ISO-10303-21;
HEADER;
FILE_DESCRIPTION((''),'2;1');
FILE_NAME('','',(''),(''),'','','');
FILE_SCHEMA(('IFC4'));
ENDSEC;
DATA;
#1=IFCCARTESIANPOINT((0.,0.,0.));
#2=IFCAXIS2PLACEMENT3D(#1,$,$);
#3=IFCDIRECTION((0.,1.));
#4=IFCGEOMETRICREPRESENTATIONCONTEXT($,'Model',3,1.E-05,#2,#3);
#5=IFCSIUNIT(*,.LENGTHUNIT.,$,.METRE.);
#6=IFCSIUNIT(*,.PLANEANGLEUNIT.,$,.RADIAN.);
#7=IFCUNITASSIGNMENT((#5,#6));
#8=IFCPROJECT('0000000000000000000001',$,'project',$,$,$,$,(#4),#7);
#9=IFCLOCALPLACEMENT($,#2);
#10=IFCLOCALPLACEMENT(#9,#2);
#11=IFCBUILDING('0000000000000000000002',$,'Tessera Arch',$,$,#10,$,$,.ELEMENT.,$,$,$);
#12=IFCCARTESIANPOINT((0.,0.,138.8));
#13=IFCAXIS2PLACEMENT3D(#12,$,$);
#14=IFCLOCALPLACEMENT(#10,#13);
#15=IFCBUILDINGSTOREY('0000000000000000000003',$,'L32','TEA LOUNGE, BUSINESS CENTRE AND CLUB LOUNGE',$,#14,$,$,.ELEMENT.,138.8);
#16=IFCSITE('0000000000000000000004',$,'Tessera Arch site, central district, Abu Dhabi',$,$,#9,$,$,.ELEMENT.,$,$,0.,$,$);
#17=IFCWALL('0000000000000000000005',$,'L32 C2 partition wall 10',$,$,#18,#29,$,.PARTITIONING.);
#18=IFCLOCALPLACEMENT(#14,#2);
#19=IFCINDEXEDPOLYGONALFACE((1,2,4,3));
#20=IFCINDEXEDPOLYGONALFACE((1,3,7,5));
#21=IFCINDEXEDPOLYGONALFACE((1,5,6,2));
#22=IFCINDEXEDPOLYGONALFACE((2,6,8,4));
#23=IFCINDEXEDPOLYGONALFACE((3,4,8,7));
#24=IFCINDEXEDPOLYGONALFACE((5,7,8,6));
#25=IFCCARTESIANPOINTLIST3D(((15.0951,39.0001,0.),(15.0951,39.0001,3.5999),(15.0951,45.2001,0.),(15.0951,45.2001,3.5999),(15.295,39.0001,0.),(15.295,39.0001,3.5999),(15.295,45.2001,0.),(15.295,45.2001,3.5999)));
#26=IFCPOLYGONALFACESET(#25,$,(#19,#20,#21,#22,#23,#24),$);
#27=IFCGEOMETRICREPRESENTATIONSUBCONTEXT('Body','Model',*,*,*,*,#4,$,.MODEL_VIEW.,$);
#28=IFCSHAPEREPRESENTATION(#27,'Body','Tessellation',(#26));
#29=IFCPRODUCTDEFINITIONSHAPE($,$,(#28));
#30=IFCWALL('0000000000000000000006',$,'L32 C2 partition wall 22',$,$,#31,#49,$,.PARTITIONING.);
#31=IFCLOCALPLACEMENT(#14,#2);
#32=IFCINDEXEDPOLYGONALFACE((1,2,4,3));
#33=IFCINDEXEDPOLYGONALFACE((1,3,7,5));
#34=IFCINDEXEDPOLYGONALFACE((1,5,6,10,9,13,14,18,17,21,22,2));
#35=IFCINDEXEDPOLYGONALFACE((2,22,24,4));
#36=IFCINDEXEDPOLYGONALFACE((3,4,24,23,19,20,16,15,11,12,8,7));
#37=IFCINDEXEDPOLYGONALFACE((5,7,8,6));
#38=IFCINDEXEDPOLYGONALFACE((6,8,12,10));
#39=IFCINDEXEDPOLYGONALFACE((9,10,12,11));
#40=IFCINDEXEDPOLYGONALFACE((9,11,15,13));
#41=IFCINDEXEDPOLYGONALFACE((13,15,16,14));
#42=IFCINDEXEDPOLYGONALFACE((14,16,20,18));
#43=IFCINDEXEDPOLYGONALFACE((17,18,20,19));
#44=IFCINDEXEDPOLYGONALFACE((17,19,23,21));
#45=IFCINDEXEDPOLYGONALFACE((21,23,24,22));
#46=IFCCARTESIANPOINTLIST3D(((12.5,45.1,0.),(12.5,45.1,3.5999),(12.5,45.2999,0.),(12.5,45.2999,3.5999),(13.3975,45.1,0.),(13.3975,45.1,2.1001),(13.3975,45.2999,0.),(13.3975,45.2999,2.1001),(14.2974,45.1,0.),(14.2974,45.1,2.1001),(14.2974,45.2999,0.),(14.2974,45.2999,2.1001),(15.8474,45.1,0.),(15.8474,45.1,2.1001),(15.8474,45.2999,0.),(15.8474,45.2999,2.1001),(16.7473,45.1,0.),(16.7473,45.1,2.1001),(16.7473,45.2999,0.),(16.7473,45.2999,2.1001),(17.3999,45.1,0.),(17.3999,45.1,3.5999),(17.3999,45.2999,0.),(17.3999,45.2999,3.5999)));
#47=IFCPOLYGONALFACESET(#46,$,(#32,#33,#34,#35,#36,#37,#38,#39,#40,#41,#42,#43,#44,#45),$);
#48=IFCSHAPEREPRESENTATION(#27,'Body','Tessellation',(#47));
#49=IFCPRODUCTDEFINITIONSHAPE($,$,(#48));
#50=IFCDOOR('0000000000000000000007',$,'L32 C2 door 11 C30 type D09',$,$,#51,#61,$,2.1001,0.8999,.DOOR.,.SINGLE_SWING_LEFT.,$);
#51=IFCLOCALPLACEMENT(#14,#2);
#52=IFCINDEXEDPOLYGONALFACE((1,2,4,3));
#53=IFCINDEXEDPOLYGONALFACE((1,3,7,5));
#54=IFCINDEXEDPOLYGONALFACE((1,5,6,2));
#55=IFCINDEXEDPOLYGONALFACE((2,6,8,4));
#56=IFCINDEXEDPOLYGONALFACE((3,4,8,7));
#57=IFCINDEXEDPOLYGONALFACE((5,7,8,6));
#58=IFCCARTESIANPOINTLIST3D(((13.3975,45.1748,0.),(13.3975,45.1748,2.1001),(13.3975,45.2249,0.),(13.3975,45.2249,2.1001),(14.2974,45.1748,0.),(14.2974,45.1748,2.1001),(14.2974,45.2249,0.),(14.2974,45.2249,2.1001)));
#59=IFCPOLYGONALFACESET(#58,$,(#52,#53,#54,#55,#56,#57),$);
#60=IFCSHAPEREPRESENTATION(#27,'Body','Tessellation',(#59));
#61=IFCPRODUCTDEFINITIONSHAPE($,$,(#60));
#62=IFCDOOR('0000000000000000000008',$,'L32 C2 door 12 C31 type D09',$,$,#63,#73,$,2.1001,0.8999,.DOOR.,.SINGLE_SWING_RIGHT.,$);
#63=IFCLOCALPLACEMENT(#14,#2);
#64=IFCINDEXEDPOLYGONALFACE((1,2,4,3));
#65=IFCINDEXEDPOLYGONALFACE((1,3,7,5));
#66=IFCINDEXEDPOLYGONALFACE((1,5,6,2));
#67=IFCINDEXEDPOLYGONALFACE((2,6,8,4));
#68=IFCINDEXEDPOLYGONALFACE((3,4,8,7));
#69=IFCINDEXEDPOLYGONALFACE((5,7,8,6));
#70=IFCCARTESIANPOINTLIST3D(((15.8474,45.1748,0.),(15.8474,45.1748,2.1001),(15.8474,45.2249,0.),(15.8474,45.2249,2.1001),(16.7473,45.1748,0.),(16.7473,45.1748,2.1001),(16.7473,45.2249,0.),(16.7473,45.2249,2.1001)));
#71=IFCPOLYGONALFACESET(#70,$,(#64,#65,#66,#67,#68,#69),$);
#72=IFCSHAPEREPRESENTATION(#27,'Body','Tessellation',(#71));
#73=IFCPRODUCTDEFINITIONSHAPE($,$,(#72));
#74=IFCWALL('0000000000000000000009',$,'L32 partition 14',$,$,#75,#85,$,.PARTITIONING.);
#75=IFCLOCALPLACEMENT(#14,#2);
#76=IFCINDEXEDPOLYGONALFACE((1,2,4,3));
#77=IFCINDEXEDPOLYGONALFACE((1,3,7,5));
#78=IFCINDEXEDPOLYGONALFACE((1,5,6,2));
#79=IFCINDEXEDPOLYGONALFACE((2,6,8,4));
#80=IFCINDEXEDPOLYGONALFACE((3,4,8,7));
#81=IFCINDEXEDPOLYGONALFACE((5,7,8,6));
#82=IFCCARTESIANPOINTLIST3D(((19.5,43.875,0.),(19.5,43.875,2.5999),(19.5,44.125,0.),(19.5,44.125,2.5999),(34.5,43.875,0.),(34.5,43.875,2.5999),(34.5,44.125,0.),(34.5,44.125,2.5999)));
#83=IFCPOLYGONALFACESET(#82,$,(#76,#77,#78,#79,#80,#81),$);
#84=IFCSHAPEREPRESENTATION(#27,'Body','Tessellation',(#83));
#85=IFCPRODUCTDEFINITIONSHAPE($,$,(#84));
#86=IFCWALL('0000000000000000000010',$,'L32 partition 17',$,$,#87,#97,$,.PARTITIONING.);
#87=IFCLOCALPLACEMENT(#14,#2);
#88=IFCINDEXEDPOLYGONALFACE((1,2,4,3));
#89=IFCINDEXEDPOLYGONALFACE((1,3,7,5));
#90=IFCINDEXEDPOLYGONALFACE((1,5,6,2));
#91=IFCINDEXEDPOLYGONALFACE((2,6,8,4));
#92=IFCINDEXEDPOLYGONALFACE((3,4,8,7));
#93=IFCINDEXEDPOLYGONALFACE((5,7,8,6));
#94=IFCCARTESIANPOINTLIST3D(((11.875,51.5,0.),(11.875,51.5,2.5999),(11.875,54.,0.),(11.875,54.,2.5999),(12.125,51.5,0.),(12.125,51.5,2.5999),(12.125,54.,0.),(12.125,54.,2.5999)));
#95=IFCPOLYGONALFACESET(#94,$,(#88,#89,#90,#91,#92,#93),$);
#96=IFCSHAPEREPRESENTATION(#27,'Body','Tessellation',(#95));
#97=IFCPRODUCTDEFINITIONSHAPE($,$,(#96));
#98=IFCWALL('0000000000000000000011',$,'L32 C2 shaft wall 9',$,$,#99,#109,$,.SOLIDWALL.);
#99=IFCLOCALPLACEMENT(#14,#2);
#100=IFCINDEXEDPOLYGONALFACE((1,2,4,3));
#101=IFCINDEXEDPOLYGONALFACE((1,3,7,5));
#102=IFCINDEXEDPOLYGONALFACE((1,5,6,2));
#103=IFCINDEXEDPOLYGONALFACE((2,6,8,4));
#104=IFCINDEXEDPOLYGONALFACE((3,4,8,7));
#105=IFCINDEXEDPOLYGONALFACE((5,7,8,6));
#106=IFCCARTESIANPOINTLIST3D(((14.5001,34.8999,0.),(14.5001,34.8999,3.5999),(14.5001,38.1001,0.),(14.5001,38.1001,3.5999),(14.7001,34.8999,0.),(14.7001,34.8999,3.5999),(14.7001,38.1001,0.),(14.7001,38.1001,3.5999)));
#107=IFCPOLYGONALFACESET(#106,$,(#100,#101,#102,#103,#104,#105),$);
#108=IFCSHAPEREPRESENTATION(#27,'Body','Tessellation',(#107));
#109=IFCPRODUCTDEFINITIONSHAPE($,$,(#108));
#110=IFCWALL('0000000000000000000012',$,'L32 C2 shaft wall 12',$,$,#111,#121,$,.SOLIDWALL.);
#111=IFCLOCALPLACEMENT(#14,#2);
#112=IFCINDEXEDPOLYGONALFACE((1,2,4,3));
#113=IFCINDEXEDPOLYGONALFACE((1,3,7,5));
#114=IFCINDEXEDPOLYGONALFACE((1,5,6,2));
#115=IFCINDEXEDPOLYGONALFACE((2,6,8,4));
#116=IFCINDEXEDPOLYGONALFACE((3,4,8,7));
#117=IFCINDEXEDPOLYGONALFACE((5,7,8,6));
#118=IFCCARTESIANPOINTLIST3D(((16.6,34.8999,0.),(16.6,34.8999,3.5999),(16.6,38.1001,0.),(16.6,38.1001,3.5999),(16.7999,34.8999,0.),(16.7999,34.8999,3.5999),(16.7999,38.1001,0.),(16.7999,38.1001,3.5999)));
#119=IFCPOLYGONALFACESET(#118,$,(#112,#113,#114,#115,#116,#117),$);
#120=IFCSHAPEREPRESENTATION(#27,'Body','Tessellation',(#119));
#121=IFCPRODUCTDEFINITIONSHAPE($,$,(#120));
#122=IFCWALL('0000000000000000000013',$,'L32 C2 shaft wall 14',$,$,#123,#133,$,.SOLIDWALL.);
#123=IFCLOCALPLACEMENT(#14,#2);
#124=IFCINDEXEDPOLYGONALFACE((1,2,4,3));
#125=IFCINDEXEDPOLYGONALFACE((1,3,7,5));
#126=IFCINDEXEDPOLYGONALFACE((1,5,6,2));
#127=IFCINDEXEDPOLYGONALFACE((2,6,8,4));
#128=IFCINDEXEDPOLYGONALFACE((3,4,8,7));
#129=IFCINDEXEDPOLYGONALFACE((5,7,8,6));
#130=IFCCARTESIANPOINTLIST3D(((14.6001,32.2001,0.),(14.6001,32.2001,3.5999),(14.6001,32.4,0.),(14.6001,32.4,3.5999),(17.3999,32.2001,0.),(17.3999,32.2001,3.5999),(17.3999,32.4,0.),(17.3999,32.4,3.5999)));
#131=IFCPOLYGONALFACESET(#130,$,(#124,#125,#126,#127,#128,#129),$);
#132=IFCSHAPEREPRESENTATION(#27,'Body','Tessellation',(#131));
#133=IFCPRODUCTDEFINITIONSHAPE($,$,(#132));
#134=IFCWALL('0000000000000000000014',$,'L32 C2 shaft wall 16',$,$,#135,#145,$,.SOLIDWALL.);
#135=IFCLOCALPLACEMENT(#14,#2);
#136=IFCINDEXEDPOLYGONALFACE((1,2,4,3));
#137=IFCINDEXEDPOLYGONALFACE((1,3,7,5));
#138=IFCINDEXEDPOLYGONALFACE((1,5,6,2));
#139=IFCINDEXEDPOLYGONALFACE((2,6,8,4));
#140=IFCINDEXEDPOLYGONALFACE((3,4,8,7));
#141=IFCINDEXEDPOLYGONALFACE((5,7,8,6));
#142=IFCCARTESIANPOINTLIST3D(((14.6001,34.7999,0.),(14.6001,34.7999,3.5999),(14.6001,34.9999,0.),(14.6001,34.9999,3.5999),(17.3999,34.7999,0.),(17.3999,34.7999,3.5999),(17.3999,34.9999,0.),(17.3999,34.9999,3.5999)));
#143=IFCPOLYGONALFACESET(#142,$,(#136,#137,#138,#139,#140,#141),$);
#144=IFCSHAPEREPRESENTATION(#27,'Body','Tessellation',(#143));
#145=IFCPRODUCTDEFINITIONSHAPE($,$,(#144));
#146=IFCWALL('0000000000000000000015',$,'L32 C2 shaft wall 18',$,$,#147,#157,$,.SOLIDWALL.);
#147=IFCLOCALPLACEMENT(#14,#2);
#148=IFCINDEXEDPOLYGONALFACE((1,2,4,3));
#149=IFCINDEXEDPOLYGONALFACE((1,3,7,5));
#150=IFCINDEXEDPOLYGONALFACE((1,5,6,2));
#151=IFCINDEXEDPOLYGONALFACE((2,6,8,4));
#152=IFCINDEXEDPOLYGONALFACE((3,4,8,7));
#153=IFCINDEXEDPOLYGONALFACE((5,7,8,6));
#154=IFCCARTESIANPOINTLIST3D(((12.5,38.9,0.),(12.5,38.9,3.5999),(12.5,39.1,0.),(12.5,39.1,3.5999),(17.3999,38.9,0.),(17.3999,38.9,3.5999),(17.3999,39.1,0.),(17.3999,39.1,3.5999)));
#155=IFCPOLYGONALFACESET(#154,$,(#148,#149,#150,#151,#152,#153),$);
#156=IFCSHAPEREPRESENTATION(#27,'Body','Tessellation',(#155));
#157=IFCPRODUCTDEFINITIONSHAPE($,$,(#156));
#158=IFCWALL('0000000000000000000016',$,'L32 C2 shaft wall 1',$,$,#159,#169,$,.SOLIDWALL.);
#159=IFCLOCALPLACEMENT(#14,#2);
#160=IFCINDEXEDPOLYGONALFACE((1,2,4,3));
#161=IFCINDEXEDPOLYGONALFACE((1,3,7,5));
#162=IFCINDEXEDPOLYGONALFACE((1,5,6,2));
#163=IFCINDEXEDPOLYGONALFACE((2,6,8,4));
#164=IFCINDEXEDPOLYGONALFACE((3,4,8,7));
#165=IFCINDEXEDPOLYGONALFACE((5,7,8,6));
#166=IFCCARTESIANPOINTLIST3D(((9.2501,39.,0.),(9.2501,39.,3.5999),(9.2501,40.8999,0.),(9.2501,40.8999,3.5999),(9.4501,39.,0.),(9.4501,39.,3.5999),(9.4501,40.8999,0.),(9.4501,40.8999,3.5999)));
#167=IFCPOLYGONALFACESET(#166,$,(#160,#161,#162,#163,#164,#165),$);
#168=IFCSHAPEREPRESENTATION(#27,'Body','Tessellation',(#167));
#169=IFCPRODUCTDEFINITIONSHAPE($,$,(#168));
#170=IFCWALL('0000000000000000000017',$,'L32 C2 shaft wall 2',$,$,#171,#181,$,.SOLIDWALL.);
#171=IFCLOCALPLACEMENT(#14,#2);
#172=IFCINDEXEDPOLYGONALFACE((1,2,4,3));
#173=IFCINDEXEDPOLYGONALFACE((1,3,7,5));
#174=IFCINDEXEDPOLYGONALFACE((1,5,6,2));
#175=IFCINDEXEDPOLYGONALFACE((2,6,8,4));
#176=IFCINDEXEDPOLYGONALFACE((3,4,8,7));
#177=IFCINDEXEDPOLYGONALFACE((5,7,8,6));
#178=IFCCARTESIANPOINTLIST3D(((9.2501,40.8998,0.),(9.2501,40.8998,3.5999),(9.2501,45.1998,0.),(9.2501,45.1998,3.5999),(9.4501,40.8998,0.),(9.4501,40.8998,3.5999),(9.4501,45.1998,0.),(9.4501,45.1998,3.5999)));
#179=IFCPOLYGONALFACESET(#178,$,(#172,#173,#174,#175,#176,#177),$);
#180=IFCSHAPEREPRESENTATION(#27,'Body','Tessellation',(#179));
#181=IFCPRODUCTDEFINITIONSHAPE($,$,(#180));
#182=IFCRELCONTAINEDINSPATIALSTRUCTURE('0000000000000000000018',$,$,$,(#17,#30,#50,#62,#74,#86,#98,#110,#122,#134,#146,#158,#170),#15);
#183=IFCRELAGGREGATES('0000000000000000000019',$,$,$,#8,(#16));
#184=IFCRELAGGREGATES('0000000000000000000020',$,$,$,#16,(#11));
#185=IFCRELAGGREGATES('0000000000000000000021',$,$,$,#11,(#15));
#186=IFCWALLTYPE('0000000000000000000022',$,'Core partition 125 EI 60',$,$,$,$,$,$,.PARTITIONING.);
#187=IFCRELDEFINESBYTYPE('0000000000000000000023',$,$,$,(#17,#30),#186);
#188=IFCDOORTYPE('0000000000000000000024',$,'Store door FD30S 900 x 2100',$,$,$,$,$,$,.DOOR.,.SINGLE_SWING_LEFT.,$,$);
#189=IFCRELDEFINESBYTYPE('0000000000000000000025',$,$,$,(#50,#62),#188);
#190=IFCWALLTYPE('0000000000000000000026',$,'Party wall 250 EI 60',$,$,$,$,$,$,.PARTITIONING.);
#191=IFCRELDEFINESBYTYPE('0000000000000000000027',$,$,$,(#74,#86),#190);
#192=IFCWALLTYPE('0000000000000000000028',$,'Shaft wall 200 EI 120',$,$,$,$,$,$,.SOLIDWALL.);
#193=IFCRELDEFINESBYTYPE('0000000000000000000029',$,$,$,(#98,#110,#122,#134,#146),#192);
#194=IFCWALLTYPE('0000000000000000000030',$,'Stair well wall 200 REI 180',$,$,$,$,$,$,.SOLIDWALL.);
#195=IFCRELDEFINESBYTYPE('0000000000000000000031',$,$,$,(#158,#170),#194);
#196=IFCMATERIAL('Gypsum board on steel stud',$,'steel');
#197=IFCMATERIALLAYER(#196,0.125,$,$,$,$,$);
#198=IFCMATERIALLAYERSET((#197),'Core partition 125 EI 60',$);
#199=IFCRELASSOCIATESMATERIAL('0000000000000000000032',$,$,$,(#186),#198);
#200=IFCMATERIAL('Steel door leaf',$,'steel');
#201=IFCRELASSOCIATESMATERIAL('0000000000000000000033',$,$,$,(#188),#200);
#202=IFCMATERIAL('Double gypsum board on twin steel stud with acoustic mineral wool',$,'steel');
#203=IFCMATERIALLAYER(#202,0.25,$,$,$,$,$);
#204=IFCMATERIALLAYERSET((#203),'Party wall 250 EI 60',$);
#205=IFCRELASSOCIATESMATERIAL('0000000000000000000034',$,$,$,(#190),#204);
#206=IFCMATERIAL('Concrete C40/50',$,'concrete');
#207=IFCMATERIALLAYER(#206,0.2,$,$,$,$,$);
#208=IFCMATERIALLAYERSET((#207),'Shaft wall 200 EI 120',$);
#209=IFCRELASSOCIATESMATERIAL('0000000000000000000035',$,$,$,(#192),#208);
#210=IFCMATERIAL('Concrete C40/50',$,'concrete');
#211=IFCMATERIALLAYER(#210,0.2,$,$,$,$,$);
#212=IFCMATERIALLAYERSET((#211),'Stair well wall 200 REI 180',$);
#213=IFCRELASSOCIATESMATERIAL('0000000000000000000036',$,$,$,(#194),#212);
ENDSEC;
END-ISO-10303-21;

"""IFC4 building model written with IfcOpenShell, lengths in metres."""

from ifc_helpers import new_model, si_unit, direction, frame, frame_2d, origin, place, context, subcontext, project, spatial, rectangle, extrude, material, layer, layer_set, type_object, element, fill, save


model = new_model("IFC4")

# Units and contexts
model_context = context("Model", 3, precision=1e-05, world=origin(), true_north=direction((0.0, 1.0)))
body_context = subcontext(model_context, "Body", "Model", "MODEL_VIEW")
ifc_project = project(units=[si_unit("LENGTHUNIT", "METRE"), si_unit("PLANEANGLEUNIT", "RADIAN")], contexts=[model_context])

# Site, building, storey
site_placement = place(None, origin())
site = spatial("IfcSite", under=ifc_project, at=site_placement, Name="Tessera Arch site, central district, Abu Dhabi", CompositionType="ELEMENT", RefElevation=0.0)
building_placement = place(site_placement, origin())
building = spatial("IfcBuilding", under=site, at=building_placement, Name="Tessera Arch", CompositionType="ELEMENT")
storey_placement = place(building_placement, frame((0.0, 0.0, 138.8)))
storey = spatial("IfcBuildingStorey", under=building, at=storey_placement, Name="L32", Description="TEA LOUNGE, BUSINESS CENTRE AND CLUB LOUNGE", CompositionType="ELEMENT", Elevation=138.8)

# Wall
ifc_material_1 = material(Name="Gypsum board on steel stud", Category="steel")
ifc_layer_1 = layer(ifc_material_1, 0.125)
ifc_layer_set_1 = layer_set([ifc_layer_1], Name="Core partition 125 EI 60")
wall_type_1 = type_object("IfcWallType", Name="Core partition 125 EI 60", PredefinedType="PARTITIONING", material=ifc_layer_set_1)
wall_1_placement = place(storey_placement, frame((15.1951, 39.0, 0.0), z_axis=(0.0, 0.0, 1.0), x_axis=(0.0, 1.0, 0.0)))
element("IfcWall", 1, at=wall_1_placement, inside=storey, type_object=wall_type_1, Name="L32 C2 partition wall 10", PredefinedType="PARTITIONING", context=body_context, shape_type="SweptSolid", body=[
    extrude(rectangle(XDim=6.2, YDim=0.2, at=frame_2d((3.1001, 0.0))), origin(), (0.0, 0.0, 1.0), 3.5999),
])

# Wall, openings, doors
wall_2_placement = place(storey_placement, frame((12.5, 45.2, 0.0), z_axis=(0.0, 0.0, 1.0), x_axis=(1.0, 0.0, 0.0)))
wall_2 = element("IfcWall", 2, at=wall_2_placement, inside=storey, type_object=wall_type_1, Name="L32 C2 partition wall 22", PredefinedType="PARTITIONING", context=body_context, shape_type="SweptSolid", body=[
    extrude(rectangle(XDim=4.8999, YDim=0.2, at=frame_2d((2.45, 0.0))), origin(), (0.0, 0.0, 1.0), 3.5999),
])
opening_1_placement = place(wall_2_placement, frame((0.8975, 0.0, 0.0)))
opening_1 = element("IfcOpeningElement", 3, at=opening_1_placement, cuts=wall_2, PredefinedType="OPENING", context=body_context, shape_type="SweptSolid", body=[
    extrude(rectangle(XDim=0.8999, YDim=2.1001, at=frame_2d((0.45, 1.05))), frame((0.0, 0.1099, 0.0), z_axis=(0.0, -1.0, 0.0), x_axis=(1.0, 0.0, 0.0)), (0.0, 0.0, 1.0), 0.22),
])
opening_2_placement = place(wall_2_placement, frame((3.3474, 0.0, 0.0)))
opening_2 = element("IfcOpeningElement", 4, at=opening_2_placement, cuts=wall_2, PredefinedType="OPENING", context=body_context, shape_type="SweptSolid", body=[
    extrude(rectangle(XDim=0.8999, YDim=2.1001, at=frame_2d((0.45, 1.05))), frame((0.0, 0.1099, 0.0), z_axis=(0.0, -1.0, 0.0), x_axis=(1.0, 0.0, 0.0)), (0.0, 0.0, 1.0), 0.22),
])
ifc_material_2 = material(Name="Steel door leaf", Category="steel")
door_type = type_object("IfcDoorType", Name="Store door FD30S 900 x 2100", OperationType="SINGLE_SWING_LEFT", PredefinedType="DOOR", material=ifc_material_2)
door_1_placement = place(opening_1_placement, origin())
door_1 = element("IfcDoor", 5, at=door_1_placement, inside=storey, type_object=door_type, Name="L32 C2 door 11 C30 type D09", OperationType="SINGLE_SWING_LEFT", OverallHeight=2.1001, OverallWidth=0.8999, PredefinedType="DOOR", context=body_context, shape_type="SweptSolid", body=[
    extrude(rectangle(XDim=0.8999, YDim=2.1001, at=frame_2d((0.45, 1.05))), frame((0.0, 0.0249, 0.0), z_axis=(0.0, -1.0, 0.0), x_axis=(1.0, 0.0, 0.0)), (0.0, 0.0, 1.0), 0.05),
])
fill(opening_1, door_1)
door_2_placement = place(opening_2_placement, origin())
door_2 = element("IfcDoor", 6, at=door_2_placement, inside=storey, type_object=door_type, Name="L32 C2 door 12 C31 type D09", OperationType="SINGLE_SWING_RIGHT", OverallHeight=2.1001, OverallWidth=0.8999, PredefinedType="DOOR", context=body_context, shape_type="SweptSolid", body=[
    extrude(rectangle(XDim=0.8999, YDim=2.1001, at=frame_2d((0.45, 1.05))), frame((0.0, 0.0249, 0.0), z_axis=(0.0, -1.0, 0.0), x_axis=(1.0, 0.0, 0.0)), (0.0, 0.0, 1.0), 0.05),
])
fill(opening_2, door_2)

# Walls
ifc_material_3 = material(Name="Double gypsum board on twin steel stud with acoustic mineral wool", Category="steel")
ifc_layer_2 = layer(ifc_material_3, 0.25)
ifc_layer_set_2 = layer_set([ifc_layer_2], Name="Party wall 250 EI 60")
wall_type_2 = type_object("IfcWallType", Name="Party wall 250 EI 60", PredefinedType="PARTITIONING", material=ifc_layer_set_2)
wall_3_placement = place(storey_placement, frame((19.5, 44.0, 0.0), z_axis=(0.0, 0.0, 1.0), x_axis=(1.0, 0.0, 0.0)))
element("IfcWall", 7, at=wall_3_placement, inside=storey, type_object=wall_type_2, Name="L32 partition 14", PredefinedType="PARTITIONING", context=body_context, shape_type="SweptSolid", body=[
    extrude(rectangle(XDim=15.0, YDim=0.25, at=frame_2d((7.5, 0.0))), origin(), (0.0, 0.0, 1.0), 2.5999),
])
wall_4_placement = place(storey_placement, frame((12.0, 51.5, 0.0), z_axis=(0.0, 0.0, 1.0), x_axis=(0.0, 1.0, 0.0)))
element("IfcWall", 8, at=wall_4_placement, inside=storey, type_object=wall_type_2, Name="L32 partition 17", PredefinedType="PARTITIONING", context=body_context, shape_type="SweptSolid", body=[
    extrude(rectangle(XDim=2.5, YDim=0.25, at=frame_2d((1.25, 0.0))), origin(), (0.0, 0.0, 1.0), 2.5999),
])
ifc_material_4 = material(Name="Concrete C40/50", Category="concrete")
ifc_layer_3 = layer(ifc_material_4, 0.2)
ifc_layer_set_3 = layer_set([ifc_layer_3], Name="Shaft wall 200 EI 120")
wall_type_3 = type_object("IfcWallType", Name="Shaft wall 200 EI 120", PredefinedType="SOLIDWALL", material=ifc_layer_set_3)
for number, where, z_axis, x_axis, name in (
    (9, (14.6001, 34.8999, 0.0), (0.0, 0.0, 1.0), (0.0, 1.0, 0.0), "L32 C2 shaft wall 9"),
    (10, (16.7, 34.8999, 0.0), (0.0, 0.0, 1.0), (0.0, 1.0, 0.0), "L32 C2 shaft wall 12"),
):
    element("IfcWall", number, at=place(storey_placement, frame(where, z_axis=z_axis, x_axis=x_axis)), inside=storey, type_object=wall_type_3, Name=name, PredefinedType="SOLIDWALL", context=body_context, shape_type="SweptSolid", body=[
        extrude(rectangle(XDim=3.2002, YDim=0.2, at=frame_2d((1.6001, 0.0))), origin(), (0.0, 0.0, 1.0), 3.5999),
    ])
for number, where, z_axis, x_axis, name in (
    (11, (14.6001, 32.3, 0.0), (0.0, 0.0, 1.0), (1.0, 0.0, 0.0), "L32 C2 shaft wall 14"),
    (12, (14.6001, 34.8999, 0.0), (0.0, 0.0, 1.0), (1.0, 0.0, 0.0), "L32 C2 shaft wall 16"),
):
    element("IfcWall", number, at=place(storey_placement, frame(where, z_axis=z_axis, x_axis=x_axis)), inside=storey, type_object=wall_type_3, Name=name, PredefinedType="SOLIDWALL", context=body_context, shape_type="SweptSolid", body=[
        extrude(rectangle(XDim=2.7998, YDim=0.2, at=frame_2d((1.3999, 0.0))), origin(), (0.0, 0.0, 1.0), 3.5999),
    ])
wall_5_placement = place(storey_placement, frame((12.5, 39.0, 0.0), z_axis=(0.0, 0.0, 1.0), x_axis=(1.0, 0.0, 0.0)))
element("IfcWall", 13, at=wall_5_placement, inside=storey, type_object=wall_type_3, Name="L32 C2 shaft wall 18", PredefinedType="SOLIDWALL", context=body_context, shape_type="SweptSolid", body=[
    extrude(rectangle(XDim=4.8999, YDim=0.2, at=frame_2d((2.45, 0.0))), origin(), (0.0, 0.0, 1.0), 3.5999),
])
ifc_material_5 = material(Name="Concrete C40/50", Category="concrete")
ifc_layer_4 = layer(ifc_material_5, 0.2)
ifc_layer_set_4 = layer_set([ifc_layer_4], Name="Stair well wall 200 REI 180")
wall_type_4 = type_object("IfcWallType", Name="Stair well wall 200 REI 180", PredefinedType="SOLIDWALL", material=ifc_layer_set_4)
wall_6_placement = place(storey_placement, frame((9.3501, 39.0, 0.0), z_axis=(0.0, 0.0, 1.0), x_axis=(0.0, 1.0, 0.0)))
element("IfcWall", 14, at=wall_6_placement, inside=storey, type_object=wall_type_4, Name="L32 C2 shaft wall 1", PredefinedType="SOLIDWALL", context=body_context, shape_type="SweptSolid", body=[
    extrude(rectangle(XDim=1.8999, YDim=0.2, at=frame_2d((0.95, 0.0))), origin(), (0.0, 0.0, 1.0), 3.5999),
])
wall_7_placement = place(storey_placement, frame((9.3501, 40.8999, 0.0), z_axis=(0.0, 0.0, 1.0), x_axis=(0.0, 1.0, 0.0)))
element("IfcWall", 15, at=wall_7_placement, inside=storey, type_object=wall_type_4, Name="L32 C2 shaft wall 2", PredefinedType="SOLIDWALL", context=body_context, shape_type="SweptSolid", body=[
    extrude(rectangle(XDim=4.3, YDim=0.2, at=frame_2d((2.1499, 0.0))), origin(), (0.0, 0.0, 1.0), 3.5999),
])

save(model, "model.ifc")
